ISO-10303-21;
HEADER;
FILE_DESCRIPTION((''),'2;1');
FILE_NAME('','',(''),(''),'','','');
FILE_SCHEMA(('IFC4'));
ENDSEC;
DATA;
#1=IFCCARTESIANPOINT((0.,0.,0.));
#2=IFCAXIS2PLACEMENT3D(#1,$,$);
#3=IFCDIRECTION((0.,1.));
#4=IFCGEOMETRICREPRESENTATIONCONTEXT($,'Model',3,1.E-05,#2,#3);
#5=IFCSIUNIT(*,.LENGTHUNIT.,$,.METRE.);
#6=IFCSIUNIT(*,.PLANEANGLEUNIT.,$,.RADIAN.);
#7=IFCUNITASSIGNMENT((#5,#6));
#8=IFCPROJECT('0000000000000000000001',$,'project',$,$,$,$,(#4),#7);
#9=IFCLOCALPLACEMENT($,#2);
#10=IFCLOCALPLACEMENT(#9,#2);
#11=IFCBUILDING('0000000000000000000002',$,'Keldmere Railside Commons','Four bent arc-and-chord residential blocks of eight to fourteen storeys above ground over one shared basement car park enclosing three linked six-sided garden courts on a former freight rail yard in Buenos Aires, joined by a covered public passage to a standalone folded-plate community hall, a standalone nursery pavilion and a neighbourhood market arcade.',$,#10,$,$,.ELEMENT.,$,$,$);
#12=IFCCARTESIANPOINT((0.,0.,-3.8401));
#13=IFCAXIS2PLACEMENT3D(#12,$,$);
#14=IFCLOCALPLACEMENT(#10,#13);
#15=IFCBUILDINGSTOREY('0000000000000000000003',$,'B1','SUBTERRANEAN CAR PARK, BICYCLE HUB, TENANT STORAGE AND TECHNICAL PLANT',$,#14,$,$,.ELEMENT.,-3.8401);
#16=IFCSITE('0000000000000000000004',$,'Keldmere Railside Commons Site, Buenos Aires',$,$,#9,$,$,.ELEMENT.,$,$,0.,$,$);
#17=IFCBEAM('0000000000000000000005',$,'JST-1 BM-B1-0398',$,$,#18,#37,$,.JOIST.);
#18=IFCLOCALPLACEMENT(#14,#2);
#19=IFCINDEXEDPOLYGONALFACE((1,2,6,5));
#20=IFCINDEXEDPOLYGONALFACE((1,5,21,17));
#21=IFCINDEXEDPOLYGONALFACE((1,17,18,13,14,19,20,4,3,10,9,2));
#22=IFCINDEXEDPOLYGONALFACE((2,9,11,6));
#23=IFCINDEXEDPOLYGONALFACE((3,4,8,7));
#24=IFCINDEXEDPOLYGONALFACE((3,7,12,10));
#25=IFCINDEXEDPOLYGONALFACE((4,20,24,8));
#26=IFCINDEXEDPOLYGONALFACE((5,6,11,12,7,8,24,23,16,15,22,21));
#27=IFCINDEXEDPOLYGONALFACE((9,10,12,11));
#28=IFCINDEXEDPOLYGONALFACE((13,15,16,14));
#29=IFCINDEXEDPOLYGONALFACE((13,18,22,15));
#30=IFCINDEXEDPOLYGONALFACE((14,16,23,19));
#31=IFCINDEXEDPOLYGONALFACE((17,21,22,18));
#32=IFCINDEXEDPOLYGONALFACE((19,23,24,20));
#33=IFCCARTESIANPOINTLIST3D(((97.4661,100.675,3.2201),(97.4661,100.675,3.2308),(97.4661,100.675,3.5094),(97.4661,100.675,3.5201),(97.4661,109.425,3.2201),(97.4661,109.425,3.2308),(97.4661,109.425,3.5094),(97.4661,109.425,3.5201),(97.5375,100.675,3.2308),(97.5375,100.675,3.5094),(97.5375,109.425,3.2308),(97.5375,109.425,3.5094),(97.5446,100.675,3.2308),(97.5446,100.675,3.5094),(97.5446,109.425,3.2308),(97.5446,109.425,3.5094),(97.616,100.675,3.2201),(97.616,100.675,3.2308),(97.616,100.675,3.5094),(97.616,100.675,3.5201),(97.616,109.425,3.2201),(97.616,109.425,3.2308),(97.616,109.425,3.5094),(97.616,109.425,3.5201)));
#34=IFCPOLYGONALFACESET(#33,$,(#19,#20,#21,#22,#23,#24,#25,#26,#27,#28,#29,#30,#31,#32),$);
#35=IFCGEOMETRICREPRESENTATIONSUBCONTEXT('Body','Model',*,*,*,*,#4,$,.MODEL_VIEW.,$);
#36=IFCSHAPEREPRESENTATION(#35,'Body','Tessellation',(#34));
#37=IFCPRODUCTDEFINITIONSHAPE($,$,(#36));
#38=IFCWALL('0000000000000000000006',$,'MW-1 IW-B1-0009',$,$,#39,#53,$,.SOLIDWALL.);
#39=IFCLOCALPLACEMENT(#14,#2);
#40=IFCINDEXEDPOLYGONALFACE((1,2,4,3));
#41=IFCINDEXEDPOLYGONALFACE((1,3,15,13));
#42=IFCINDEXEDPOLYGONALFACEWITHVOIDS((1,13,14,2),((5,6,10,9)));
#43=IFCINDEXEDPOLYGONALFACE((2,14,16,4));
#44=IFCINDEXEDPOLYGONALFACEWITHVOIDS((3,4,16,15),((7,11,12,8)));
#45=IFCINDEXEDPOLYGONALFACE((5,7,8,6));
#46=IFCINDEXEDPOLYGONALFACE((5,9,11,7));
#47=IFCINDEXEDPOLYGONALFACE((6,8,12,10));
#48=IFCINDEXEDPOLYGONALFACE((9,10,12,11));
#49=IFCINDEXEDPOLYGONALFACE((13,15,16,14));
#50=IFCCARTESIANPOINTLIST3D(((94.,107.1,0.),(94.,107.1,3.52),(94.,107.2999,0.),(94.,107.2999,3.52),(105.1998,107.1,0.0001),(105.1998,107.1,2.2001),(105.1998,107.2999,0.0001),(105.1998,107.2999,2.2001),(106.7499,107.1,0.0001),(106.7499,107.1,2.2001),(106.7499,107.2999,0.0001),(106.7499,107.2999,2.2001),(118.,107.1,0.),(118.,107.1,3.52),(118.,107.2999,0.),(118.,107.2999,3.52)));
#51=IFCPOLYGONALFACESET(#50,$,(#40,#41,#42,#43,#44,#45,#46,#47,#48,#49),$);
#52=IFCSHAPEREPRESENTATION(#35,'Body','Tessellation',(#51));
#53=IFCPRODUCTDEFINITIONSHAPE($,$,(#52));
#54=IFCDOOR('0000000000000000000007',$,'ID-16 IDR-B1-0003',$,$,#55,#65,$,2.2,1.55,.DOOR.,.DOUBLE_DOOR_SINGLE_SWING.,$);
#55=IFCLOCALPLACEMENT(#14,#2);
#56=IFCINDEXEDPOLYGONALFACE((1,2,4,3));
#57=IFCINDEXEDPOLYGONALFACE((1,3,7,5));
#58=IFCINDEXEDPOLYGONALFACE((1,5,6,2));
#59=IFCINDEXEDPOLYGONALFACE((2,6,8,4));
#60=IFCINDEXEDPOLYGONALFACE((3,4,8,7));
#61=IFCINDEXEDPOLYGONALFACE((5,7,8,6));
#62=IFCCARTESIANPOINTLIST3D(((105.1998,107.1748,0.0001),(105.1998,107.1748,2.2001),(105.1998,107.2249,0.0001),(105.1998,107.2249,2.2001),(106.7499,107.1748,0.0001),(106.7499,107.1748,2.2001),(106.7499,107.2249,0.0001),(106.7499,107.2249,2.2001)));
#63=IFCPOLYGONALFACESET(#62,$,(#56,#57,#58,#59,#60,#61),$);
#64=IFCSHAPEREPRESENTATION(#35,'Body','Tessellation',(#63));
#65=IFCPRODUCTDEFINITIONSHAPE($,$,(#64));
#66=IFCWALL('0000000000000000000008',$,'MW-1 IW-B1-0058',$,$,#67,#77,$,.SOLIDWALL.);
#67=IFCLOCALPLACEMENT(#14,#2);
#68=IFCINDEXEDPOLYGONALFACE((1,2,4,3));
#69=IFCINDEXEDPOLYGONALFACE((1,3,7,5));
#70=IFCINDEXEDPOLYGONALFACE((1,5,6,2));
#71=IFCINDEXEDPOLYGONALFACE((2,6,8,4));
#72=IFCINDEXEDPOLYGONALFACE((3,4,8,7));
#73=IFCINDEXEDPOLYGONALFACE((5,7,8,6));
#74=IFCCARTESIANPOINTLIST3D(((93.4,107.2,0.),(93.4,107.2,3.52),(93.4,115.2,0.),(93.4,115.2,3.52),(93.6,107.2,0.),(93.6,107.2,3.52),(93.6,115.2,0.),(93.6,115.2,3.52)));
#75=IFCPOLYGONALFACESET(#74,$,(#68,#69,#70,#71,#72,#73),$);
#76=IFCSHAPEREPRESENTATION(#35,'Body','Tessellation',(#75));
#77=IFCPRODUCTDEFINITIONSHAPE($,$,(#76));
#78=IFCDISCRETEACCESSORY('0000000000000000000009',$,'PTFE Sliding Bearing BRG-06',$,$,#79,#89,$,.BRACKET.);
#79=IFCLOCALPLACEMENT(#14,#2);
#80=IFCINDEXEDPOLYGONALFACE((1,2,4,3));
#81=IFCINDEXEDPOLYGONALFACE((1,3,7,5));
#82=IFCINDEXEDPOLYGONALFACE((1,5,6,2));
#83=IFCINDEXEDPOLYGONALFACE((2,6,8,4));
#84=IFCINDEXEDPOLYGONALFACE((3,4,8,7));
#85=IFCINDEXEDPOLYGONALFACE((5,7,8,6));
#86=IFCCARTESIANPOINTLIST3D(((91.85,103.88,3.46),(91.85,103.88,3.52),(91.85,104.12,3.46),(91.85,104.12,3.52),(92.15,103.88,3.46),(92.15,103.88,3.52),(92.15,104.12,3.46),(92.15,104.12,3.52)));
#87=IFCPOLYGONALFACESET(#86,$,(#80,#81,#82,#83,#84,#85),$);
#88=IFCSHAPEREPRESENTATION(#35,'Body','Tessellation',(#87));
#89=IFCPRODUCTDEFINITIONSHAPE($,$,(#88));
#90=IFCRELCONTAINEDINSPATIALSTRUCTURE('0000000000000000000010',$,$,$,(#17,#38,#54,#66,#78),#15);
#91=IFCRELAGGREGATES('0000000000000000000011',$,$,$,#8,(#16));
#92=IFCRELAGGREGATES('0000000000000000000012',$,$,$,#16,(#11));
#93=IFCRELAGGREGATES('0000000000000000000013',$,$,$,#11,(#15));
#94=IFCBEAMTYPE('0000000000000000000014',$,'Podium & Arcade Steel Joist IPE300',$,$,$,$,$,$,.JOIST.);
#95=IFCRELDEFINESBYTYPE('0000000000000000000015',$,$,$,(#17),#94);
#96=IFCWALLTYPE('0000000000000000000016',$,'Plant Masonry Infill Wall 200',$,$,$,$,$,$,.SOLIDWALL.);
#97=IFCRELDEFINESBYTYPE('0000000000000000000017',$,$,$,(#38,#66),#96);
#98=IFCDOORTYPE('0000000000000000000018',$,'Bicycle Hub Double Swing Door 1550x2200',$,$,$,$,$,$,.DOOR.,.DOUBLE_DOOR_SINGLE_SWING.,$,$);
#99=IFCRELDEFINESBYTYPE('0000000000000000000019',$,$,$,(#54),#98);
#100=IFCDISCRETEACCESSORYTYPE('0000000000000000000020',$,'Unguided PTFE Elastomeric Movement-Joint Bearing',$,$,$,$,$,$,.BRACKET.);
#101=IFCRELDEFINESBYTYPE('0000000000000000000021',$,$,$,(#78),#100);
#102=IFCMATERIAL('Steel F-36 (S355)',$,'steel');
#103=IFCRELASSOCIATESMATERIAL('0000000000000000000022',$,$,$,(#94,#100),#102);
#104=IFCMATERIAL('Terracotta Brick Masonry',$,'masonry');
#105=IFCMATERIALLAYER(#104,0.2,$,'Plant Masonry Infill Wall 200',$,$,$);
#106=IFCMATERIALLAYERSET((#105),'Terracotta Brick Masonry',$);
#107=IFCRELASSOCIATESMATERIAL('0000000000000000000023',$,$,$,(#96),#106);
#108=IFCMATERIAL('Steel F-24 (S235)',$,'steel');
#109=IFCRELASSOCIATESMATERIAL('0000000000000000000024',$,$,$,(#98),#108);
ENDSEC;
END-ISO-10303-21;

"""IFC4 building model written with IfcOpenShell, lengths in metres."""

from ifc_helpers import new_model, si_unit, direction, frame, frame_2d, origin, origin_2d, place, context, subcontext, project, spatial, rectangle, i_section, extrude, material, layer, layer_set, material_profile, profile_set, type_object, element, fill, save


model = new_model("IFC4")

# Units and contexts
model_context = context("Model", 3, precision=1e-05, world=origin(), true_north=direction((0.0, 1.0)))
body_context = subcontext(model_context, "Body", "Model", "MODEL_VIEW")
ifc_project = project(units=[si_unit("LENGTHUNIT", "METRE"), si_unit("PLANEANGLEUNIT", "RADIAN")], contexts=[model_context])

# Site, building, storey
site_placement = place(None, origin())
site = spatial("IfcSite", under=ifc_project, at=site_placement, Name="Keldmere Railside Commons Site, Buenos Aires", CompositionType="ELEMENT", RefElevation=0.0)
building_placement = place(site_placement, origin())
building = spatial("IfcBuilding", under=site, at=building_placement, Name="Keldmere Railside Commons", Description="Four bent arc-and-chord residential blocks of eight to fourteen storeys above ground over one shared basement car park enclosing three linked six-sided garden courts on a former freight rail yard in Buenos Aires, joined by a covered public passage to a standalone folded-plate community hall, a standalone nursery pavilion and a neighbourhood market arcade.", CompositionType="ELEMENT")
storey_placement = place(building_placement, frame((0.0, 0.0, -3.8401)))
storey = spatial("IfcBuildingStorey", under=building, at=storey_placement, Name="B1", Description="SUBTERRANEAN CAR PARK, BICYCLE HUB, TENANT STORAGE AND TECHNICAL PLANT", CompositionType="ELEMENT", Elevation=-3.8401)

# Beam
ifc_material_1 = material(Name="Steel F-36 (S355)", Category="steel")
ifc_material_profile_1 = material_profile(ifc_material_1, i_section(OverallWidth=0.1499, OverallDepth=0.3, WebThickness=0.0071, FlangeThickness=0.0107, at=origin_2d()), Name="IPE-300")
ifc_profile_set_1 = profile_set([ifc_material_profile_1], Name="Steel F-36 (S355)")
beam_type_1 = type_object("IfcBeamType", Name="Podium & Arcade Steel Joist IPE300", PredefinedType="JOIST", material=ifc_profile_set_1)
beam_1_placement = place(storey_placement, frame((97.541, 100.675, 3.3701), z_axis=(0.0, 1.0, 0.0), x_axis=(-1.0, 0.0, 0.0)))
element("IfcBeam", 1, at=beam_1_placement, inside=storey, type_object=beam_type_1, Name="JST-1 BM-B1-0398", PredefinedType="JOIST", context=body_context, shape_type="SweptSolid", body=[
    extrude(i_section(OverallWidth=0.1499, OverallDepth=0.3, WebThickness=0.0071, FlangeThickness=0.0107, at=origin_2d()), origin(), (0.0, 0.0, 1.0), 8.75),
])

# Wall, opening, door
ifc_material_2 = material(Name="Terracotta Brick Masonry", Category="masonry")
ifc_layer = layer(ifc_material_2, 0.2, Name="Plant Masonry Infill Wall 200")
ifc_layer_set = layer_set([ifc_layer], Name="Terracotta Brick Masonry")
wall_type = type_object("IfcWallType", Name="Plant Masonry Infill Wall 200", PredefinedType="SOLIDWALL", material=ifc_layer_set)
wall_1_placement = place(storey_placement, frame((94.0, 107.2, 0.0), z_axis=(0.0, 0.0, 1.0), x_axis=(1.0, 0.0, 0.0)))
wall_1 = element("IfcWall", 2, at=wall_1_placement, inside=storey, type_object=wall_type, Name="MW-1 IW-B1-0009", PredefinedType="SOLIDWALL", context=body_context, shape_type="SweptSolid", body=[
    extrude(rectangle(XDim=24.0, YDim=0.2, at=frame_2d((12.0, 0.0))), origin(), (0.0, 0.0, 1.0), 3.52),
])
opening_placement = place(wall_1_placement, frame((11.2, 0.0, 0.0)))
opening = element("IfcOpeningElement", 3, at=opening_placement, cuts=wall_1, PredefinedType="OPENING", context=body_context, shape_type="SweptSolid", body=[
    extrude(rectangle(XDim=1.55, YDim=2.2, at=frame_2d((0.7749, 1.1001))), frame((0.0, 0.1099, 0.0), z_axis=(0.0, -1.0, 0.0), x_axis=(1.0, 0.0, 0.0)), (0.0, 0.0, 1.0), 0.22),
])
ifc_material_3 = material(Name="Steel F-24 (S235)", Category="steel")
door_type = type_object("IfcDoorType", Name="Bicycle Hub Double Swing Door 1550x2200", OperationType="DOUBLE_DOOR_SINGLE_SWING", PredefinedType="DOOR", material=ifc_material_3)
door_placement = place(opening_placement, origin())
door = element("IfcDoor", 4, at=door_placement, inside=storey, type_object=door_type, Name="ID-16 IDR-B1-0003", OperationType="DOUBLE_DOOR_SINGLE_SWING", OverallHeight=2.2, OverallWidth=1.55, PredefinedType="DOOR", context=body_context, shape_type="SweptSolid", body=[
    extrude(rectangle(XDim=1.55, YDim=2.2, at=frame_2d((0.7749, 1.1001))), frame((0.0, 0.0249, 0.0), z_axis=(0.0, -1.0, 0.0), x_axis=(1.0, 0.0, 0.0)), (0.0, 0.0, 1.0), 0.05),
])
fill(opening, door)

# Wall
wall_2_placement = place(storey_placement, frame((93.5, 107.2, 0.0), z_axis=(0.0, 0.0, 1.0), x_axis=(0.0, 1.0, 0.0)))
element("IfcWall", 5, at=wall_2_placement, inside=storey, type_object=wall_type, Name="MW-1 IW-B1-0058", PredefinedType="SOLIDWALL", context=body_context, shape_type="SweptSolid", body=[
    extrude(rectangle(XDim=8.0, YDim=0.2, at=frame_2d((4.0, 0.0))), origin(), (0.0, 0.0, 1.0), 3.52),
])

# Discrete accessory
discrete_accessory_type = type_object("IfcDiscreteAccessoryType", Name="Unguided PTFE Elastomeric Movement-Joint Bearing", PredefinedType="BRACKET", material=ifc_material_1)
discrete_accessory_placement = place(storey_placement, frame((92.0, 104.0, 3.46), z_axis=(0.0, 0.0, 1.0), x_axis=(1.0, 0.0, 0.0)))
element("IfcDiscreteAccessory", 6, at=discrete_accessory_placement, inside=storey, type_object=discrete_accessory_type, Name="PTFE Sliding Bearing BRG-06", PredefinedType="BRACKET", context=body_context, shape_type="SweptSolid", body=[
    extrude(rectangle(XDim=0.3, YDim=0.24, at=origin_2d()), origin(), (0.0, 0.0, 1.0), 0.0601),
])

save(model, "model.ifc")
